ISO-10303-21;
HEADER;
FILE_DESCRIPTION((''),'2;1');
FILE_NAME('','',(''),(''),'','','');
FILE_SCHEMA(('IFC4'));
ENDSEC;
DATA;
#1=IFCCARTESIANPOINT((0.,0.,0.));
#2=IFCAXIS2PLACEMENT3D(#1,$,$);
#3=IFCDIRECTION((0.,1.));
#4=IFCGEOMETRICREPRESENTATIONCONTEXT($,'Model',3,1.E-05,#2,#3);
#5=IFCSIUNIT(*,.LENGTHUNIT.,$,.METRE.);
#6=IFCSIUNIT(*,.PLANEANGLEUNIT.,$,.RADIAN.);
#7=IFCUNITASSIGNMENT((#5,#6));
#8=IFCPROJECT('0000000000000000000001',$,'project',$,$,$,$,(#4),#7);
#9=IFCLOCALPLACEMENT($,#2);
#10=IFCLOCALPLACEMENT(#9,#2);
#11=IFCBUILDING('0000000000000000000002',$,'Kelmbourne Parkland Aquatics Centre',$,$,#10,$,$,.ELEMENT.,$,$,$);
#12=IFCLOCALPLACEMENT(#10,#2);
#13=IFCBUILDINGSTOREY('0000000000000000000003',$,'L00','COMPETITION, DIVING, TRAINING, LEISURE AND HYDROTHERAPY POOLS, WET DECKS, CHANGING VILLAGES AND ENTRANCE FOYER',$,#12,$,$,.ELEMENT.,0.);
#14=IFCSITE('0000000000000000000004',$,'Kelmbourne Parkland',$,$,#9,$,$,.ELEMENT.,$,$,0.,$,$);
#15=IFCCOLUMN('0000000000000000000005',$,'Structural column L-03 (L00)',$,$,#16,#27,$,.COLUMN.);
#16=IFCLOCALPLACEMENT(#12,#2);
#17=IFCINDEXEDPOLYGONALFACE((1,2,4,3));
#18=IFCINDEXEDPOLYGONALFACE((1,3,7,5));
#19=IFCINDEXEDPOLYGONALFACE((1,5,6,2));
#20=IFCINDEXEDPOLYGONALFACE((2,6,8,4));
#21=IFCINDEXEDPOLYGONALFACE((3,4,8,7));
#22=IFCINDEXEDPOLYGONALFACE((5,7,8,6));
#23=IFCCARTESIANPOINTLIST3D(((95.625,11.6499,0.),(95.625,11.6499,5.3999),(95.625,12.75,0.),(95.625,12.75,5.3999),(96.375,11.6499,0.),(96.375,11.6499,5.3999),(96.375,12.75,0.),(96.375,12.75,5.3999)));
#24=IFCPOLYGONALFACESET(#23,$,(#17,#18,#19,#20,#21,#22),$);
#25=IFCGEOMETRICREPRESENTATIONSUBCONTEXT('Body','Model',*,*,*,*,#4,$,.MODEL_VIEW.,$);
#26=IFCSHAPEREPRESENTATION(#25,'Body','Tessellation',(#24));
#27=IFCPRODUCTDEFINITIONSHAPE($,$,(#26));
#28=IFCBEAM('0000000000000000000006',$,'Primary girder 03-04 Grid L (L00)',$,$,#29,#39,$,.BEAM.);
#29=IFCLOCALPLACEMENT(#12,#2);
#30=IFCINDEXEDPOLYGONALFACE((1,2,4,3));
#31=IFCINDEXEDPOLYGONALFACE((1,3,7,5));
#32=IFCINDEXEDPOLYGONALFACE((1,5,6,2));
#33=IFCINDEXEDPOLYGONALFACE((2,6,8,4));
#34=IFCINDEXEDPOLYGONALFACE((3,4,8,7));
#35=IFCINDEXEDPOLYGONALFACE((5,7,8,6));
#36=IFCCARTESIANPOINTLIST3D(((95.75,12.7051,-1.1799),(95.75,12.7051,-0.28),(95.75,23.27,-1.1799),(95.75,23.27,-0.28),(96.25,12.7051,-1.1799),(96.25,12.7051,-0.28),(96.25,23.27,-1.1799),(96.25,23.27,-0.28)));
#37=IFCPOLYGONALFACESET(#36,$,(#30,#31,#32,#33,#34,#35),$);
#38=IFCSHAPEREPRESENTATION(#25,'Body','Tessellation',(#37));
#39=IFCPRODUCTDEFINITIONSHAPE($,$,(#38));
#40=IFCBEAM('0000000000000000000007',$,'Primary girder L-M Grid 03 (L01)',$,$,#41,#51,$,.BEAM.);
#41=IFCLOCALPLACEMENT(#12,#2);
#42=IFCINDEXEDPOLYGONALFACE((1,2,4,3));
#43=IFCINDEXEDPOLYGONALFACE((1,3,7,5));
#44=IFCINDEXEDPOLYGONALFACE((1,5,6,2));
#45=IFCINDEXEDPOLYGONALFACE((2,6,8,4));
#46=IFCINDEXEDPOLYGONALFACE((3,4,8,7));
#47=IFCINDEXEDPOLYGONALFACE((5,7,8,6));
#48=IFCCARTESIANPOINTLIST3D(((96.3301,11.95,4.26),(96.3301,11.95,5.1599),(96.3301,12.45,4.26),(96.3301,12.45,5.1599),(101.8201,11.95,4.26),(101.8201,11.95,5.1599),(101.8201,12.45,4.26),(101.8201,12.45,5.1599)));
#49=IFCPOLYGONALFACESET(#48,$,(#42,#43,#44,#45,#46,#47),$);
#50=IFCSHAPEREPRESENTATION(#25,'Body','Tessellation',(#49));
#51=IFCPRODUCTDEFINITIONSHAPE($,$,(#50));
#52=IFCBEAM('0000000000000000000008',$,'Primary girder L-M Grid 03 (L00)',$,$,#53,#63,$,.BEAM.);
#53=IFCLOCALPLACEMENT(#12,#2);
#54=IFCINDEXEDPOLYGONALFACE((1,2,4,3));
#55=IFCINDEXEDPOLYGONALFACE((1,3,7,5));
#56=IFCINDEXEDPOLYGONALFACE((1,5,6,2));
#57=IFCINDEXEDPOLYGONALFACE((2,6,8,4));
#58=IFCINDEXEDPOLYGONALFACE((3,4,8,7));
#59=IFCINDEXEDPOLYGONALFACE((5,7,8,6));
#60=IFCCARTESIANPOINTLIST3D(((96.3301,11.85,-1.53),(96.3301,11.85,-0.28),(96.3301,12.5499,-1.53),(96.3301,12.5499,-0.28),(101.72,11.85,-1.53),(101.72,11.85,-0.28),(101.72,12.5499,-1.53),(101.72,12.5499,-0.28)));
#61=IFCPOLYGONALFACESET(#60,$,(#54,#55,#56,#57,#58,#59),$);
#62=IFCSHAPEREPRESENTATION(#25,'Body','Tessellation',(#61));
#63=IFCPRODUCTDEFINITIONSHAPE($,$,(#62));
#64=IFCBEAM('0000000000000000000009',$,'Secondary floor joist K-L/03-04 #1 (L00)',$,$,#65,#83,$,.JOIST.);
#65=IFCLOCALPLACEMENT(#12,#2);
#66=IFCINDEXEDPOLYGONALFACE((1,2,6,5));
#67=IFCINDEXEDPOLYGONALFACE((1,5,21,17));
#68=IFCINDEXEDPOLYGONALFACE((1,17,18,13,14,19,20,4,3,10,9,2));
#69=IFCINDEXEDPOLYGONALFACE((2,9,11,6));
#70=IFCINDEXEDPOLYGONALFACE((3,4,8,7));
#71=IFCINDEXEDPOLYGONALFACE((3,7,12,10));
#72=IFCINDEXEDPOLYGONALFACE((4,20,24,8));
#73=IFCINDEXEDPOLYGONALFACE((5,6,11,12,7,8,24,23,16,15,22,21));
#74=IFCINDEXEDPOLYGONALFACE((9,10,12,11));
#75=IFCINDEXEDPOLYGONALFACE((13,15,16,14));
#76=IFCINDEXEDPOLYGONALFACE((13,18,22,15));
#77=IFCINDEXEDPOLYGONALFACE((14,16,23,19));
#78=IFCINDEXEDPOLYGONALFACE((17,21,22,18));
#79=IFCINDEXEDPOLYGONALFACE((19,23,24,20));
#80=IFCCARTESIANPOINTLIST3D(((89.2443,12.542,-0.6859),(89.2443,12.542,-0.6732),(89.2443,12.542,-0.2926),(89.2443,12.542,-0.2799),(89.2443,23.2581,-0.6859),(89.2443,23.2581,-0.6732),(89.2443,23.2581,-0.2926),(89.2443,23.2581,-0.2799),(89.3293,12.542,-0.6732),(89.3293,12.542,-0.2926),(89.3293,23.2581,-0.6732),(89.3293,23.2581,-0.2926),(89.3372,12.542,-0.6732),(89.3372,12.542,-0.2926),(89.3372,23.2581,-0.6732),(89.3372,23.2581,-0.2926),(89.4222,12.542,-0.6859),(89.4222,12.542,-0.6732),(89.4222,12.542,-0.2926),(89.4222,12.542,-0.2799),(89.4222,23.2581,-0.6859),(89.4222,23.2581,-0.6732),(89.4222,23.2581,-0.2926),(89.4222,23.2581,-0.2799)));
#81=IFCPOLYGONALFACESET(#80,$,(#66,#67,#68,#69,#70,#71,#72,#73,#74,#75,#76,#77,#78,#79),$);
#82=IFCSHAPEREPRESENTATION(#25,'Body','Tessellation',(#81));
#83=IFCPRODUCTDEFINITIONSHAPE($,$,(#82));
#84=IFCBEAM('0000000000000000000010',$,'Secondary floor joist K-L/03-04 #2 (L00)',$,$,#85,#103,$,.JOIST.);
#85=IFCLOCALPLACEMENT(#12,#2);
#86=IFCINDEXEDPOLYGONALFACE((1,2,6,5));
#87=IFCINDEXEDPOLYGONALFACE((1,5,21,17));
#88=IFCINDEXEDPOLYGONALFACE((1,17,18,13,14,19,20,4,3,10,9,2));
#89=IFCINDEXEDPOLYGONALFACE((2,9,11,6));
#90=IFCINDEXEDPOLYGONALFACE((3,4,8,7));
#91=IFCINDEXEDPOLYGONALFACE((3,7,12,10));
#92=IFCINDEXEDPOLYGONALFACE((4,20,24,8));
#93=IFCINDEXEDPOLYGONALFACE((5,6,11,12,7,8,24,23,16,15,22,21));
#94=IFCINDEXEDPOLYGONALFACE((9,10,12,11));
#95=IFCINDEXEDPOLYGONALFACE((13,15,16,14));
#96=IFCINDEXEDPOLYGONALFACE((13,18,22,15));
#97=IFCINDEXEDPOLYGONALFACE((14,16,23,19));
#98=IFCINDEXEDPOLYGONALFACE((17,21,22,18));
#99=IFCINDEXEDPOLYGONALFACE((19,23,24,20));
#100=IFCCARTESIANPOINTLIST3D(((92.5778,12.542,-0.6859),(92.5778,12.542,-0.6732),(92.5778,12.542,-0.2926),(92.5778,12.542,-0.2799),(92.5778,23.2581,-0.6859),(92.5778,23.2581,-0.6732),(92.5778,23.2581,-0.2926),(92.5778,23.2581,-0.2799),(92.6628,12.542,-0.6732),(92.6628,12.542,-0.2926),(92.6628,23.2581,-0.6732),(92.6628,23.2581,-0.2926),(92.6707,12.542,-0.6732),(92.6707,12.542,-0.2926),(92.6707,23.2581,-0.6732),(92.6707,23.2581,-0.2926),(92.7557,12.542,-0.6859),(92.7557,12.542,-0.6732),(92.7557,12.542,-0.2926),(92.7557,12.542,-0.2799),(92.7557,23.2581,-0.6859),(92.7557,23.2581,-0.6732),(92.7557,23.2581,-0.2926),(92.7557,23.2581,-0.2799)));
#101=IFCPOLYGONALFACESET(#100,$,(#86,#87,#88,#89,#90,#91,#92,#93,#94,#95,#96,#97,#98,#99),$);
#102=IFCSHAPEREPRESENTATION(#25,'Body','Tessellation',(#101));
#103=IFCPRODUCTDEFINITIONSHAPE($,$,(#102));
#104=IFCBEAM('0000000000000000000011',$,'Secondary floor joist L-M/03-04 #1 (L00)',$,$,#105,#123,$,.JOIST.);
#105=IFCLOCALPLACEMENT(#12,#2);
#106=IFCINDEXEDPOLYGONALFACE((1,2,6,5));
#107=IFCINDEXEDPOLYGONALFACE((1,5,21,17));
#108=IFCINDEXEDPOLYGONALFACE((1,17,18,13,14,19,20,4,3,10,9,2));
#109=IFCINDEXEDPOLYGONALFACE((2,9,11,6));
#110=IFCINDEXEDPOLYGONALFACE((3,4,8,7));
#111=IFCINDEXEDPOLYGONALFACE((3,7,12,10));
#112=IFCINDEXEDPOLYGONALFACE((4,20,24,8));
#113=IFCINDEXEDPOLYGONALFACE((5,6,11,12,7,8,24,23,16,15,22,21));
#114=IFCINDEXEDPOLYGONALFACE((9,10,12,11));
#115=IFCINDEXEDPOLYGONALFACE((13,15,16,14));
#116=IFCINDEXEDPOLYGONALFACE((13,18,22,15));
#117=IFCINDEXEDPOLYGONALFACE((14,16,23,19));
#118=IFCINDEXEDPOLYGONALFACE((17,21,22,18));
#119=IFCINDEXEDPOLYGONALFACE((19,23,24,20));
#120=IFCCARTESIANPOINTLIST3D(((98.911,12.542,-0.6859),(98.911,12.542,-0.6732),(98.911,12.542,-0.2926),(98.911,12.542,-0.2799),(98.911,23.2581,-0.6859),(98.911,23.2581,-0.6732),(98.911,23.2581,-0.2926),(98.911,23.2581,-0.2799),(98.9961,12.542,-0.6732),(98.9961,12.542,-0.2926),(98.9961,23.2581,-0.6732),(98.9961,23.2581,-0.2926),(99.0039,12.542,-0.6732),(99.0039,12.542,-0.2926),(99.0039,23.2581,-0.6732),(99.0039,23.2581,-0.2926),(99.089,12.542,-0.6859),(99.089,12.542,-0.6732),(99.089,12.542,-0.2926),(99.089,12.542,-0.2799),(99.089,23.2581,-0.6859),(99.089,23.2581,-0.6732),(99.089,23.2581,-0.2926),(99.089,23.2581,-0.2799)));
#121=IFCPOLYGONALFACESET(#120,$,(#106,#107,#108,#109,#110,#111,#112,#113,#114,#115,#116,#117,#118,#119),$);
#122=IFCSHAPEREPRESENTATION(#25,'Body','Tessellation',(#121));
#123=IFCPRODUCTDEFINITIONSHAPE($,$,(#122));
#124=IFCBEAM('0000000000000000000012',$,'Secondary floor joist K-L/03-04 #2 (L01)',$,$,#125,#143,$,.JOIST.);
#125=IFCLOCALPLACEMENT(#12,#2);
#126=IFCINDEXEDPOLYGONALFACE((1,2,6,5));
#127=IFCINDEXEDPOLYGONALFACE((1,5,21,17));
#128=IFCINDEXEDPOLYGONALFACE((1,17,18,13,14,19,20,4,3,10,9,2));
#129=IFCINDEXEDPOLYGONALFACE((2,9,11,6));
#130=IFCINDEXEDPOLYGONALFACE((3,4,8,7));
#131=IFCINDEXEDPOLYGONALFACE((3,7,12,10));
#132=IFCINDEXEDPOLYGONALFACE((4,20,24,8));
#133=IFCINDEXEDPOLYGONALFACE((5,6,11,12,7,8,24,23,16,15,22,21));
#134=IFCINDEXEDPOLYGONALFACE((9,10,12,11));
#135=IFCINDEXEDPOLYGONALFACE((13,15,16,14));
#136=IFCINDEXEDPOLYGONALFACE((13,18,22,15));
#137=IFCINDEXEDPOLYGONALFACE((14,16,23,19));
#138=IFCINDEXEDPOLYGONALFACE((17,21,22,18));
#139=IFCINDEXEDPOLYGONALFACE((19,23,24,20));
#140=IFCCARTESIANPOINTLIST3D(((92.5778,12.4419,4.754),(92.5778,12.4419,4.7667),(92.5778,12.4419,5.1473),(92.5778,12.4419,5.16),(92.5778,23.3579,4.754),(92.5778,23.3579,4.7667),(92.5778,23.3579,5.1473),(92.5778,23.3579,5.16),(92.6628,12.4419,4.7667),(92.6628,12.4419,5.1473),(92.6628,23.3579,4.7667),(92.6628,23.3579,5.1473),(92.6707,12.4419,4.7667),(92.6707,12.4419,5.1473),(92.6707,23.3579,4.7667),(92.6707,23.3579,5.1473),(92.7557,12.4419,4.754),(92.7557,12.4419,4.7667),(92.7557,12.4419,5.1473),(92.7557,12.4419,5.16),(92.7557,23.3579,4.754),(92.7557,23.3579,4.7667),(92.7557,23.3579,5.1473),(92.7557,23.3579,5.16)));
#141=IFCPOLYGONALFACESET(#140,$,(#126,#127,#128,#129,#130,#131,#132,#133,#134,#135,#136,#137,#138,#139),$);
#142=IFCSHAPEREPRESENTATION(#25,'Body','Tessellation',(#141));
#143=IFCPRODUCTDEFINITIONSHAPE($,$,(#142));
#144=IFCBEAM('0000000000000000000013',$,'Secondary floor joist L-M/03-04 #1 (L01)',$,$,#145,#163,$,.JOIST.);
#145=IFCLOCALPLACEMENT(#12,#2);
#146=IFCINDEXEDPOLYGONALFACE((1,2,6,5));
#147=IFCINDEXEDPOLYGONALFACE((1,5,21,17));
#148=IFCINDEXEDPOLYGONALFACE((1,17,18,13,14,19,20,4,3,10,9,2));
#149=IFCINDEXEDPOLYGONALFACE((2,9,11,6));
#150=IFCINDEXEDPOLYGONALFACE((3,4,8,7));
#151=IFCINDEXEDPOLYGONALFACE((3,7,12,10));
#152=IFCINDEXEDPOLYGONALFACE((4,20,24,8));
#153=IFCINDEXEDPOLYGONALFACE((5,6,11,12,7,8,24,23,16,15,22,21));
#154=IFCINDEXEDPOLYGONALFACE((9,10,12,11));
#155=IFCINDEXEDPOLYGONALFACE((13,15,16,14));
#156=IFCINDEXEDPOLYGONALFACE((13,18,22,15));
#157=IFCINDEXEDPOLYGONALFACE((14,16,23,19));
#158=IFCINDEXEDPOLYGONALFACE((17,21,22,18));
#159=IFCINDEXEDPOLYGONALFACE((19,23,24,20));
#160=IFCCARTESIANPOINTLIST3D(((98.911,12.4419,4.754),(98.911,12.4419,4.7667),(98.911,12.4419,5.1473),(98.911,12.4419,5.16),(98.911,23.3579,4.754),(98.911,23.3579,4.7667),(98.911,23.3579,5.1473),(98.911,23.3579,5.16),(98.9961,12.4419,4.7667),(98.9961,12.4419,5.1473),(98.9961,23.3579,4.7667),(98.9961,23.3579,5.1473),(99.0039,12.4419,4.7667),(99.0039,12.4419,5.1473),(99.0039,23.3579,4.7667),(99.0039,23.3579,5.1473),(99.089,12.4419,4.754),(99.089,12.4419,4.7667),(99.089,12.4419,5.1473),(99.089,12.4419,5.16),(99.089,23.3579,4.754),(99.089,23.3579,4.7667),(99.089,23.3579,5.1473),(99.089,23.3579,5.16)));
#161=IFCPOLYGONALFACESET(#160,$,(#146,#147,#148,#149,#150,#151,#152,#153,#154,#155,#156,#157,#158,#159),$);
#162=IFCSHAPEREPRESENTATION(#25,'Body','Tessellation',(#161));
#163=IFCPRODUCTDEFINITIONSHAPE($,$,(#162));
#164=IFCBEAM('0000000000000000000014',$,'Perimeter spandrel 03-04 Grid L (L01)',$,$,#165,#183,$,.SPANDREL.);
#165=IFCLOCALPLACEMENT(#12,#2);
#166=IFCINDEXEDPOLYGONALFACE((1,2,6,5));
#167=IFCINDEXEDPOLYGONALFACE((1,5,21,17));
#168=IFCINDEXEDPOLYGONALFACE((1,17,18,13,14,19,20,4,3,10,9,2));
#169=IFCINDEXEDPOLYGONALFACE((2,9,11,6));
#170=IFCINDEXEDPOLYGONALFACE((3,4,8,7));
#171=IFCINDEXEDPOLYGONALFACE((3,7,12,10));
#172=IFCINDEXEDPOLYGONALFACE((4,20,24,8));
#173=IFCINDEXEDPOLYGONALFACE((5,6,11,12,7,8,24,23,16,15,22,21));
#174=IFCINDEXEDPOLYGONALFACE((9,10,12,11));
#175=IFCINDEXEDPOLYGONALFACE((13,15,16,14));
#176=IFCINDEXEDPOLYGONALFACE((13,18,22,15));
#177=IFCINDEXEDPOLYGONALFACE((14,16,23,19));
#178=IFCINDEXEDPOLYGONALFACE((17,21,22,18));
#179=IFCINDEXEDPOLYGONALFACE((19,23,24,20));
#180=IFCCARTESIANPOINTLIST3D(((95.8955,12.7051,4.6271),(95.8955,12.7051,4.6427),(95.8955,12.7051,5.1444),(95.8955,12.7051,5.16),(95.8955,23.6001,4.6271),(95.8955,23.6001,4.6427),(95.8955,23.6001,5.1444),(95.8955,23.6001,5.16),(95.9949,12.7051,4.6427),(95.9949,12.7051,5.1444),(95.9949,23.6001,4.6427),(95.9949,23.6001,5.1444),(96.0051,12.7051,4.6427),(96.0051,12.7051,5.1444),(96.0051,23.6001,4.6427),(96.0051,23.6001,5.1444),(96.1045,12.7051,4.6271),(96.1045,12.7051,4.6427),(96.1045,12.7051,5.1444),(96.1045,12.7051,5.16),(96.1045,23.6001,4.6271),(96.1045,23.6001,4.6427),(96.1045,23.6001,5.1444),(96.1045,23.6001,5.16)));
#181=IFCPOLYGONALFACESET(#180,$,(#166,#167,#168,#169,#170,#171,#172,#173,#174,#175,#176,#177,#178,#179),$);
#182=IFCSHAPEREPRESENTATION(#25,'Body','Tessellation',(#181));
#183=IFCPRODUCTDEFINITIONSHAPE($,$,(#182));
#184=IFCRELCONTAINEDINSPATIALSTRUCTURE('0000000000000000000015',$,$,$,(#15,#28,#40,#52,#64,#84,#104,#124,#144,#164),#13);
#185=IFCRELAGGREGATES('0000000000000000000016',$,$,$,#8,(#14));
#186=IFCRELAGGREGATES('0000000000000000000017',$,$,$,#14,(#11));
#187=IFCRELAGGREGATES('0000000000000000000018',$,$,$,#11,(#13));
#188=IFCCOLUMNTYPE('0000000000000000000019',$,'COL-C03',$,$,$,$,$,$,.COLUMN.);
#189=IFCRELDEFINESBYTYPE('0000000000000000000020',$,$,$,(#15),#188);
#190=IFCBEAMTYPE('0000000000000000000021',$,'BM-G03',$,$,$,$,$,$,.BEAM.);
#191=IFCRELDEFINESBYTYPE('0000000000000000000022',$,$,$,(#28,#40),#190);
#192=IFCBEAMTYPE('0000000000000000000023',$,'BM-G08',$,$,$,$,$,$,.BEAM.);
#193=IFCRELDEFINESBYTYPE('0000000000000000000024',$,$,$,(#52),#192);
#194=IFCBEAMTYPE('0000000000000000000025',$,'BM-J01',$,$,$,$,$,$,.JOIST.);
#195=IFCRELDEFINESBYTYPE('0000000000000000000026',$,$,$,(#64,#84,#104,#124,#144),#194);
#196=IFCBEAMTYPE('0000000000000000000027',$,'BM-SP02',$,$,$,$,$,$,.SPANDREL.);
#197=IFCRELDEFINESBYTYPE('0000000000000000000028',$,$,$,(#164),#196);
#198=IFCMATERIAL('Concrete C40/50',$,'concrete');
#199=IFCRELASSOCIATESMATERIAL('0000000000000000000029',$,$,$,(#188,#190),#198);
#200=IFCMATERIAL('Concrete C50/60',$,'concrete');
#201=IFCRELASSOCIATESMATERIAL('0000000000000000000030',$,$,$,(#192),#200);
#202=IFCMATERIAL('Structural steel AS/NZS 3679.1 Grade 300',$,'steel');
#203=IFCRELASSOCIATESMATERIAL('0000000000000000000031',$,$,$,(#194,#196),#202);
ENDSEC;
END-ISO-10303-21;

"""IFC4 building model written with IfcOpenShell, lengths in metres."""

from ifc_helpers import new_model, si_unit, direction, frame, origin, origin_2d, place, context, subcontext, project, spatial, rectangle, i_section, extrude, material, material_profile, profile_set, type_object, element, save


model = new_model("IFC4")

# Units and contexts
model_context = context("Model", 3, precision=1e-05, world=origin(), true_north=direction((0.0, 1.0)))
body_context = subcontext(model_context, "Body", "Model", "MODEL_VIEW")
ifc_project = project(units=[si_unit("LENGTHUNIT", "METRE"), si_unit("PLANEANGLEUNIT", "RADIAN")], contexts=[model_context])

# Site, building, storey
site_placement = place(None, origin())
site = spatial("IfcSite", under=ifc_project, at=site_placement, Name="Kelmbourne Parkland", CompositionType="ELEMENT", RefElevation=0.0)
building_placement = place(site_placement, origin())
building = spatial("IfcBuilding", under=site, at=building_placement, Name="Kelmbourne Parkland Aquatics Centre", CompositionType="ELEMENT")
storey_placement = place(building_placement, origin())
storey = spatial("IfcBuildingStorey", under=building, at=storey_placement, Name="L00", Description="COMPETITION, DIVING, TRAINING, LEISURE AND HYDROTHERAPY POOLS, WET DECKS, CHANGING VILLAGES AND ENTRANCE FOYER", CompositionType="ELEMENT", Elevation=0.0)

# Column
ifc_material_1 = material(Name="Concrete C40/50", Category="concrete")
ifc_material_profile_1 = material_profile(ifc_material_1, rectangle(XDim=0.75, YDim=1.1001, at=origin_2d()), Name="RC 750x1100")
ifc_profile_set_1 = profile_set([ifc_material_profile_1], Name="Concrete C40/50")
column_type = type_object("IfcColumnType", Name="COL-C03", PredefinedType="COLUMN", material=ifc_profile_set_1)
column_placement = place(storey_placement, frame((96.0, 12.2, 0.0), z_axis=(0.0, 0.0, 1.0), x_axis=(1.0, 0.0, 0.0)))
element("IfcColumn", 1, at=column_placement, inside=storey, type_object=column_type, Name="Structural column L-03 (L00)", PredefinedType="COLUMN", context=body_context, shape_type="SweptSolid", body=[
    extrude(rectangle(XDim=0.75, YDim=1.1001, at=origin_2d()), origin(), (0.0, 0.0, 1.0), 5.3999),
])

# Beams
ifc_material_profile_2 = material_profile(ifc_material_1, rectangle(XDim=0.5, YDim=0.8999, at=origin_2d()), Name="RC 500x900")
ifc_profile_set_2 = profile_set([ifc_material_profile_2], Name="Concrete C40/50")
beam_type_1 = type_object("IfcBeamType", Name="BM-G03", PredefinedType="BEAM", material=ifc_profile_set_2)
beam_1_placement = place(storey_placement, frame((96.0, 12.7051, -0.73), z_axis=(0.0, 1.0, 0.0), x_axis=(-1.0, 0.0, 0.0)))
element("IfcBeam", 2, at=beam_1_placement, inside=storey, type_object=beam_type_1, Name="Primary girder 03-04 Grid L (L00)", PredefinedType="BEAM", context=body_context, shape_type="SweptSolid", body=[
    extrude(rectangle(XDim=0.5, YDim=0.8999, at=origin_2d()), origin(), (0.0, 0.0, 1.0), 10.5649),
])
beam_2_placement = place(storey_placement, frame((96.3301, 12.2, 4.71), z_axis=(1.0, 0.0, 0.0), x_axis=(0.0, 1.0, 0.0)))
element("IfcBeam", 3, at=beam_2_placement, inside=storey, type_object=beam_type_1, Name="Primary girder L-M Grid 03 (L01)", PredefinedType="BEAM", context=body_context, shape_type="SweptSolid", body=[
    extrude(rectangle(XDim=0.5, YDim=0.8999, at=origin_2d()), origin(), (0.0, 0.0, 1.0), 5.49),
])
ifc_material_2 = material(Name="Concrete C50/60", Category="concrete")
ifc_material_profile_3 = material_profile(ifc_material_2, rectangle(XDim=0.7, YDim=1.25, at=origin_2d()), Name="RC 700x1250")
ifc_profile_set_3 = profile_set([ifc_material_profile_3], Name="Concrete C50/60")
beam_type_2 = type_object("IfcBeamType", Name="BM-G08", PredefinedType="BEAM", material=ifc_profile_set_3)
beam_3_placement = place(storey_placement, frame((96.3301, 12.2, -0.905), z_axis=(1.0, 0.0, 0.0), x_axis=(0.0, 1.0, 0.0)))
element("IfcBeam", 4, at=beam_3_placement, inside=storey, type_object=beam_type_2, Name="Primary girder L-M Grid 03 (L00)", PredefinedType="BEAM", context=body_context, shape_type="SweptSolid", body=[
    extrude(rectangle(XDim=0.7, YDim=1.25, at=origin_2d()), origin(), (0.0, 0.0, 1.0), 5.3899),
])
ifc_material_3 = material(Name="Structural steel AS/NZS 3679.1 Grade 300", Category="steel")
ifc_material_profile_4 = material_profile(ifc_material_3, i_section(OverallWidth=0.178, OverallDepth=0.406, WebThickness=0.0078, FlangeThickness=0.0127, at=origin_2d()), Name="410UB59.7")
ifc_profile_set_4 = profile_set([ifc_material_profile_4], Name="Structural steel AS/NZS 3679.1 Grade 300")
beam_type_3 = type_object("IfcBeamType", Name="BM-J01", PredefinedType="JOIST", material=ifc_profile_set_4)
for number, where, z_axis, x_axis, name in (
    (5, (89.3333, 12.542, -0.4829), (0.0, 1.0, 0.0), (-1.0, 0.0, 0.0), "Secondary floor joist K-L/03-04 #1 (L00)"),
    (6, (92.6667, 12.542, -0.4829), (0.0, 1.0, 0.0), (-1.0, 0.0, 0.0), "Secondary floor joist K-L/03-04 #2 (L00)"),
    (7, (99.0, 12.542, -0.4829), (0.0, 1.0, 0.0), (-1.0, 0.0, 0.0), "Secondary floor joist L-M/03-04 #1 (L00)"),
):
    element("IfcBeam", number, at=place(storey_placement, frame(where, z_axis=z_axis, x_axis=x_axis)), inside=storey, type_object=beam_type_3, Name=name, PredefinedType="JOIST", context=body_context, shape_type="SweptSolid", body=[
        extrude(i_section(OverallWidth=0.178, OverallDepth=0.406, WebThickness=0.0078, FlangeThickness=0.0127, at=origin_2d()), origin(), (0.0, 0.0, 1.0), 10.7161),
    ])
for number, where, z_axis, x_axis, name in (
    (8, (92.6667, 12.4419, 4.957), (0.0, 1.0, 0.0), (-1.0, 0.0, 0.0), "Secondary floor joist K-L/03-04 #2 (L01)"),
    (9, (99.0, 12.4419, 4.957), (0.0, 1.0, 0.0), (-1.0, 0.0, 0.0), "Secondary floor joist L-M/03-04 #1 (L01)"),
):
    element("IfcBeam", number, at=place(storey_placement, frame(where, z_axis=z_axis, x_axis=x_axis)), inside=storey, type_object=beam_type_3, Name=name, PredefinedType="JOIST", context=body_context, shape_type="SweptSolid", body=[
        extrude(i_section(OverallWidth=0.178, OverallDepth=0.406, WebThickness=0.0078, FlangeThickness=0.0127, at=origin_2d()), origin(), (0.0, 0.0, 1.0), 10.916),
    ])
ifc_material_profile_5 = material_profile(ifc_material_3, i_section(OverallWidth=0.209, OverallDepth=0.533, WebThickness=0.0103, FlangeThickness=0.0156, at=origin_2d()), Name="530UB92.4")
ifc_profile_set_5 = profile_set([ifc_material_profile_5], Name="Structural steel AS/NZS 3679.1 Grade 300")
beam_type_4 = type_object("IfcBeamType", Name="BM-SP02", PredefinedType="SPANDREL", material=ifc_profile_set_5)
beam_4_placement = place(storey_placement, frame((96.0, 12.7051, 4.8936), z_axis=(0.0, 1.0, 0.0), x_axis=(-1.0, 0.0, 0.0)))
element("IfcBeam", 10, at=beam_4_placement, inside=storey, type_object=beam_type_4, Name="Perimeter spandrel 03-04 Grid L (L01)", PredefinedType="SPANDREL", context=body_context, shape_type="SweptSolid", body=[
    extrude(i_section(OverallWidth=0.209, OverallDepth=0.533, WebThickness=0.0103, FlangeThickness=0.0156, at=origin_2d()), origin(), (0.0, 0.0, 1.0), 10.895),
])

save(model, "model.ifc")
